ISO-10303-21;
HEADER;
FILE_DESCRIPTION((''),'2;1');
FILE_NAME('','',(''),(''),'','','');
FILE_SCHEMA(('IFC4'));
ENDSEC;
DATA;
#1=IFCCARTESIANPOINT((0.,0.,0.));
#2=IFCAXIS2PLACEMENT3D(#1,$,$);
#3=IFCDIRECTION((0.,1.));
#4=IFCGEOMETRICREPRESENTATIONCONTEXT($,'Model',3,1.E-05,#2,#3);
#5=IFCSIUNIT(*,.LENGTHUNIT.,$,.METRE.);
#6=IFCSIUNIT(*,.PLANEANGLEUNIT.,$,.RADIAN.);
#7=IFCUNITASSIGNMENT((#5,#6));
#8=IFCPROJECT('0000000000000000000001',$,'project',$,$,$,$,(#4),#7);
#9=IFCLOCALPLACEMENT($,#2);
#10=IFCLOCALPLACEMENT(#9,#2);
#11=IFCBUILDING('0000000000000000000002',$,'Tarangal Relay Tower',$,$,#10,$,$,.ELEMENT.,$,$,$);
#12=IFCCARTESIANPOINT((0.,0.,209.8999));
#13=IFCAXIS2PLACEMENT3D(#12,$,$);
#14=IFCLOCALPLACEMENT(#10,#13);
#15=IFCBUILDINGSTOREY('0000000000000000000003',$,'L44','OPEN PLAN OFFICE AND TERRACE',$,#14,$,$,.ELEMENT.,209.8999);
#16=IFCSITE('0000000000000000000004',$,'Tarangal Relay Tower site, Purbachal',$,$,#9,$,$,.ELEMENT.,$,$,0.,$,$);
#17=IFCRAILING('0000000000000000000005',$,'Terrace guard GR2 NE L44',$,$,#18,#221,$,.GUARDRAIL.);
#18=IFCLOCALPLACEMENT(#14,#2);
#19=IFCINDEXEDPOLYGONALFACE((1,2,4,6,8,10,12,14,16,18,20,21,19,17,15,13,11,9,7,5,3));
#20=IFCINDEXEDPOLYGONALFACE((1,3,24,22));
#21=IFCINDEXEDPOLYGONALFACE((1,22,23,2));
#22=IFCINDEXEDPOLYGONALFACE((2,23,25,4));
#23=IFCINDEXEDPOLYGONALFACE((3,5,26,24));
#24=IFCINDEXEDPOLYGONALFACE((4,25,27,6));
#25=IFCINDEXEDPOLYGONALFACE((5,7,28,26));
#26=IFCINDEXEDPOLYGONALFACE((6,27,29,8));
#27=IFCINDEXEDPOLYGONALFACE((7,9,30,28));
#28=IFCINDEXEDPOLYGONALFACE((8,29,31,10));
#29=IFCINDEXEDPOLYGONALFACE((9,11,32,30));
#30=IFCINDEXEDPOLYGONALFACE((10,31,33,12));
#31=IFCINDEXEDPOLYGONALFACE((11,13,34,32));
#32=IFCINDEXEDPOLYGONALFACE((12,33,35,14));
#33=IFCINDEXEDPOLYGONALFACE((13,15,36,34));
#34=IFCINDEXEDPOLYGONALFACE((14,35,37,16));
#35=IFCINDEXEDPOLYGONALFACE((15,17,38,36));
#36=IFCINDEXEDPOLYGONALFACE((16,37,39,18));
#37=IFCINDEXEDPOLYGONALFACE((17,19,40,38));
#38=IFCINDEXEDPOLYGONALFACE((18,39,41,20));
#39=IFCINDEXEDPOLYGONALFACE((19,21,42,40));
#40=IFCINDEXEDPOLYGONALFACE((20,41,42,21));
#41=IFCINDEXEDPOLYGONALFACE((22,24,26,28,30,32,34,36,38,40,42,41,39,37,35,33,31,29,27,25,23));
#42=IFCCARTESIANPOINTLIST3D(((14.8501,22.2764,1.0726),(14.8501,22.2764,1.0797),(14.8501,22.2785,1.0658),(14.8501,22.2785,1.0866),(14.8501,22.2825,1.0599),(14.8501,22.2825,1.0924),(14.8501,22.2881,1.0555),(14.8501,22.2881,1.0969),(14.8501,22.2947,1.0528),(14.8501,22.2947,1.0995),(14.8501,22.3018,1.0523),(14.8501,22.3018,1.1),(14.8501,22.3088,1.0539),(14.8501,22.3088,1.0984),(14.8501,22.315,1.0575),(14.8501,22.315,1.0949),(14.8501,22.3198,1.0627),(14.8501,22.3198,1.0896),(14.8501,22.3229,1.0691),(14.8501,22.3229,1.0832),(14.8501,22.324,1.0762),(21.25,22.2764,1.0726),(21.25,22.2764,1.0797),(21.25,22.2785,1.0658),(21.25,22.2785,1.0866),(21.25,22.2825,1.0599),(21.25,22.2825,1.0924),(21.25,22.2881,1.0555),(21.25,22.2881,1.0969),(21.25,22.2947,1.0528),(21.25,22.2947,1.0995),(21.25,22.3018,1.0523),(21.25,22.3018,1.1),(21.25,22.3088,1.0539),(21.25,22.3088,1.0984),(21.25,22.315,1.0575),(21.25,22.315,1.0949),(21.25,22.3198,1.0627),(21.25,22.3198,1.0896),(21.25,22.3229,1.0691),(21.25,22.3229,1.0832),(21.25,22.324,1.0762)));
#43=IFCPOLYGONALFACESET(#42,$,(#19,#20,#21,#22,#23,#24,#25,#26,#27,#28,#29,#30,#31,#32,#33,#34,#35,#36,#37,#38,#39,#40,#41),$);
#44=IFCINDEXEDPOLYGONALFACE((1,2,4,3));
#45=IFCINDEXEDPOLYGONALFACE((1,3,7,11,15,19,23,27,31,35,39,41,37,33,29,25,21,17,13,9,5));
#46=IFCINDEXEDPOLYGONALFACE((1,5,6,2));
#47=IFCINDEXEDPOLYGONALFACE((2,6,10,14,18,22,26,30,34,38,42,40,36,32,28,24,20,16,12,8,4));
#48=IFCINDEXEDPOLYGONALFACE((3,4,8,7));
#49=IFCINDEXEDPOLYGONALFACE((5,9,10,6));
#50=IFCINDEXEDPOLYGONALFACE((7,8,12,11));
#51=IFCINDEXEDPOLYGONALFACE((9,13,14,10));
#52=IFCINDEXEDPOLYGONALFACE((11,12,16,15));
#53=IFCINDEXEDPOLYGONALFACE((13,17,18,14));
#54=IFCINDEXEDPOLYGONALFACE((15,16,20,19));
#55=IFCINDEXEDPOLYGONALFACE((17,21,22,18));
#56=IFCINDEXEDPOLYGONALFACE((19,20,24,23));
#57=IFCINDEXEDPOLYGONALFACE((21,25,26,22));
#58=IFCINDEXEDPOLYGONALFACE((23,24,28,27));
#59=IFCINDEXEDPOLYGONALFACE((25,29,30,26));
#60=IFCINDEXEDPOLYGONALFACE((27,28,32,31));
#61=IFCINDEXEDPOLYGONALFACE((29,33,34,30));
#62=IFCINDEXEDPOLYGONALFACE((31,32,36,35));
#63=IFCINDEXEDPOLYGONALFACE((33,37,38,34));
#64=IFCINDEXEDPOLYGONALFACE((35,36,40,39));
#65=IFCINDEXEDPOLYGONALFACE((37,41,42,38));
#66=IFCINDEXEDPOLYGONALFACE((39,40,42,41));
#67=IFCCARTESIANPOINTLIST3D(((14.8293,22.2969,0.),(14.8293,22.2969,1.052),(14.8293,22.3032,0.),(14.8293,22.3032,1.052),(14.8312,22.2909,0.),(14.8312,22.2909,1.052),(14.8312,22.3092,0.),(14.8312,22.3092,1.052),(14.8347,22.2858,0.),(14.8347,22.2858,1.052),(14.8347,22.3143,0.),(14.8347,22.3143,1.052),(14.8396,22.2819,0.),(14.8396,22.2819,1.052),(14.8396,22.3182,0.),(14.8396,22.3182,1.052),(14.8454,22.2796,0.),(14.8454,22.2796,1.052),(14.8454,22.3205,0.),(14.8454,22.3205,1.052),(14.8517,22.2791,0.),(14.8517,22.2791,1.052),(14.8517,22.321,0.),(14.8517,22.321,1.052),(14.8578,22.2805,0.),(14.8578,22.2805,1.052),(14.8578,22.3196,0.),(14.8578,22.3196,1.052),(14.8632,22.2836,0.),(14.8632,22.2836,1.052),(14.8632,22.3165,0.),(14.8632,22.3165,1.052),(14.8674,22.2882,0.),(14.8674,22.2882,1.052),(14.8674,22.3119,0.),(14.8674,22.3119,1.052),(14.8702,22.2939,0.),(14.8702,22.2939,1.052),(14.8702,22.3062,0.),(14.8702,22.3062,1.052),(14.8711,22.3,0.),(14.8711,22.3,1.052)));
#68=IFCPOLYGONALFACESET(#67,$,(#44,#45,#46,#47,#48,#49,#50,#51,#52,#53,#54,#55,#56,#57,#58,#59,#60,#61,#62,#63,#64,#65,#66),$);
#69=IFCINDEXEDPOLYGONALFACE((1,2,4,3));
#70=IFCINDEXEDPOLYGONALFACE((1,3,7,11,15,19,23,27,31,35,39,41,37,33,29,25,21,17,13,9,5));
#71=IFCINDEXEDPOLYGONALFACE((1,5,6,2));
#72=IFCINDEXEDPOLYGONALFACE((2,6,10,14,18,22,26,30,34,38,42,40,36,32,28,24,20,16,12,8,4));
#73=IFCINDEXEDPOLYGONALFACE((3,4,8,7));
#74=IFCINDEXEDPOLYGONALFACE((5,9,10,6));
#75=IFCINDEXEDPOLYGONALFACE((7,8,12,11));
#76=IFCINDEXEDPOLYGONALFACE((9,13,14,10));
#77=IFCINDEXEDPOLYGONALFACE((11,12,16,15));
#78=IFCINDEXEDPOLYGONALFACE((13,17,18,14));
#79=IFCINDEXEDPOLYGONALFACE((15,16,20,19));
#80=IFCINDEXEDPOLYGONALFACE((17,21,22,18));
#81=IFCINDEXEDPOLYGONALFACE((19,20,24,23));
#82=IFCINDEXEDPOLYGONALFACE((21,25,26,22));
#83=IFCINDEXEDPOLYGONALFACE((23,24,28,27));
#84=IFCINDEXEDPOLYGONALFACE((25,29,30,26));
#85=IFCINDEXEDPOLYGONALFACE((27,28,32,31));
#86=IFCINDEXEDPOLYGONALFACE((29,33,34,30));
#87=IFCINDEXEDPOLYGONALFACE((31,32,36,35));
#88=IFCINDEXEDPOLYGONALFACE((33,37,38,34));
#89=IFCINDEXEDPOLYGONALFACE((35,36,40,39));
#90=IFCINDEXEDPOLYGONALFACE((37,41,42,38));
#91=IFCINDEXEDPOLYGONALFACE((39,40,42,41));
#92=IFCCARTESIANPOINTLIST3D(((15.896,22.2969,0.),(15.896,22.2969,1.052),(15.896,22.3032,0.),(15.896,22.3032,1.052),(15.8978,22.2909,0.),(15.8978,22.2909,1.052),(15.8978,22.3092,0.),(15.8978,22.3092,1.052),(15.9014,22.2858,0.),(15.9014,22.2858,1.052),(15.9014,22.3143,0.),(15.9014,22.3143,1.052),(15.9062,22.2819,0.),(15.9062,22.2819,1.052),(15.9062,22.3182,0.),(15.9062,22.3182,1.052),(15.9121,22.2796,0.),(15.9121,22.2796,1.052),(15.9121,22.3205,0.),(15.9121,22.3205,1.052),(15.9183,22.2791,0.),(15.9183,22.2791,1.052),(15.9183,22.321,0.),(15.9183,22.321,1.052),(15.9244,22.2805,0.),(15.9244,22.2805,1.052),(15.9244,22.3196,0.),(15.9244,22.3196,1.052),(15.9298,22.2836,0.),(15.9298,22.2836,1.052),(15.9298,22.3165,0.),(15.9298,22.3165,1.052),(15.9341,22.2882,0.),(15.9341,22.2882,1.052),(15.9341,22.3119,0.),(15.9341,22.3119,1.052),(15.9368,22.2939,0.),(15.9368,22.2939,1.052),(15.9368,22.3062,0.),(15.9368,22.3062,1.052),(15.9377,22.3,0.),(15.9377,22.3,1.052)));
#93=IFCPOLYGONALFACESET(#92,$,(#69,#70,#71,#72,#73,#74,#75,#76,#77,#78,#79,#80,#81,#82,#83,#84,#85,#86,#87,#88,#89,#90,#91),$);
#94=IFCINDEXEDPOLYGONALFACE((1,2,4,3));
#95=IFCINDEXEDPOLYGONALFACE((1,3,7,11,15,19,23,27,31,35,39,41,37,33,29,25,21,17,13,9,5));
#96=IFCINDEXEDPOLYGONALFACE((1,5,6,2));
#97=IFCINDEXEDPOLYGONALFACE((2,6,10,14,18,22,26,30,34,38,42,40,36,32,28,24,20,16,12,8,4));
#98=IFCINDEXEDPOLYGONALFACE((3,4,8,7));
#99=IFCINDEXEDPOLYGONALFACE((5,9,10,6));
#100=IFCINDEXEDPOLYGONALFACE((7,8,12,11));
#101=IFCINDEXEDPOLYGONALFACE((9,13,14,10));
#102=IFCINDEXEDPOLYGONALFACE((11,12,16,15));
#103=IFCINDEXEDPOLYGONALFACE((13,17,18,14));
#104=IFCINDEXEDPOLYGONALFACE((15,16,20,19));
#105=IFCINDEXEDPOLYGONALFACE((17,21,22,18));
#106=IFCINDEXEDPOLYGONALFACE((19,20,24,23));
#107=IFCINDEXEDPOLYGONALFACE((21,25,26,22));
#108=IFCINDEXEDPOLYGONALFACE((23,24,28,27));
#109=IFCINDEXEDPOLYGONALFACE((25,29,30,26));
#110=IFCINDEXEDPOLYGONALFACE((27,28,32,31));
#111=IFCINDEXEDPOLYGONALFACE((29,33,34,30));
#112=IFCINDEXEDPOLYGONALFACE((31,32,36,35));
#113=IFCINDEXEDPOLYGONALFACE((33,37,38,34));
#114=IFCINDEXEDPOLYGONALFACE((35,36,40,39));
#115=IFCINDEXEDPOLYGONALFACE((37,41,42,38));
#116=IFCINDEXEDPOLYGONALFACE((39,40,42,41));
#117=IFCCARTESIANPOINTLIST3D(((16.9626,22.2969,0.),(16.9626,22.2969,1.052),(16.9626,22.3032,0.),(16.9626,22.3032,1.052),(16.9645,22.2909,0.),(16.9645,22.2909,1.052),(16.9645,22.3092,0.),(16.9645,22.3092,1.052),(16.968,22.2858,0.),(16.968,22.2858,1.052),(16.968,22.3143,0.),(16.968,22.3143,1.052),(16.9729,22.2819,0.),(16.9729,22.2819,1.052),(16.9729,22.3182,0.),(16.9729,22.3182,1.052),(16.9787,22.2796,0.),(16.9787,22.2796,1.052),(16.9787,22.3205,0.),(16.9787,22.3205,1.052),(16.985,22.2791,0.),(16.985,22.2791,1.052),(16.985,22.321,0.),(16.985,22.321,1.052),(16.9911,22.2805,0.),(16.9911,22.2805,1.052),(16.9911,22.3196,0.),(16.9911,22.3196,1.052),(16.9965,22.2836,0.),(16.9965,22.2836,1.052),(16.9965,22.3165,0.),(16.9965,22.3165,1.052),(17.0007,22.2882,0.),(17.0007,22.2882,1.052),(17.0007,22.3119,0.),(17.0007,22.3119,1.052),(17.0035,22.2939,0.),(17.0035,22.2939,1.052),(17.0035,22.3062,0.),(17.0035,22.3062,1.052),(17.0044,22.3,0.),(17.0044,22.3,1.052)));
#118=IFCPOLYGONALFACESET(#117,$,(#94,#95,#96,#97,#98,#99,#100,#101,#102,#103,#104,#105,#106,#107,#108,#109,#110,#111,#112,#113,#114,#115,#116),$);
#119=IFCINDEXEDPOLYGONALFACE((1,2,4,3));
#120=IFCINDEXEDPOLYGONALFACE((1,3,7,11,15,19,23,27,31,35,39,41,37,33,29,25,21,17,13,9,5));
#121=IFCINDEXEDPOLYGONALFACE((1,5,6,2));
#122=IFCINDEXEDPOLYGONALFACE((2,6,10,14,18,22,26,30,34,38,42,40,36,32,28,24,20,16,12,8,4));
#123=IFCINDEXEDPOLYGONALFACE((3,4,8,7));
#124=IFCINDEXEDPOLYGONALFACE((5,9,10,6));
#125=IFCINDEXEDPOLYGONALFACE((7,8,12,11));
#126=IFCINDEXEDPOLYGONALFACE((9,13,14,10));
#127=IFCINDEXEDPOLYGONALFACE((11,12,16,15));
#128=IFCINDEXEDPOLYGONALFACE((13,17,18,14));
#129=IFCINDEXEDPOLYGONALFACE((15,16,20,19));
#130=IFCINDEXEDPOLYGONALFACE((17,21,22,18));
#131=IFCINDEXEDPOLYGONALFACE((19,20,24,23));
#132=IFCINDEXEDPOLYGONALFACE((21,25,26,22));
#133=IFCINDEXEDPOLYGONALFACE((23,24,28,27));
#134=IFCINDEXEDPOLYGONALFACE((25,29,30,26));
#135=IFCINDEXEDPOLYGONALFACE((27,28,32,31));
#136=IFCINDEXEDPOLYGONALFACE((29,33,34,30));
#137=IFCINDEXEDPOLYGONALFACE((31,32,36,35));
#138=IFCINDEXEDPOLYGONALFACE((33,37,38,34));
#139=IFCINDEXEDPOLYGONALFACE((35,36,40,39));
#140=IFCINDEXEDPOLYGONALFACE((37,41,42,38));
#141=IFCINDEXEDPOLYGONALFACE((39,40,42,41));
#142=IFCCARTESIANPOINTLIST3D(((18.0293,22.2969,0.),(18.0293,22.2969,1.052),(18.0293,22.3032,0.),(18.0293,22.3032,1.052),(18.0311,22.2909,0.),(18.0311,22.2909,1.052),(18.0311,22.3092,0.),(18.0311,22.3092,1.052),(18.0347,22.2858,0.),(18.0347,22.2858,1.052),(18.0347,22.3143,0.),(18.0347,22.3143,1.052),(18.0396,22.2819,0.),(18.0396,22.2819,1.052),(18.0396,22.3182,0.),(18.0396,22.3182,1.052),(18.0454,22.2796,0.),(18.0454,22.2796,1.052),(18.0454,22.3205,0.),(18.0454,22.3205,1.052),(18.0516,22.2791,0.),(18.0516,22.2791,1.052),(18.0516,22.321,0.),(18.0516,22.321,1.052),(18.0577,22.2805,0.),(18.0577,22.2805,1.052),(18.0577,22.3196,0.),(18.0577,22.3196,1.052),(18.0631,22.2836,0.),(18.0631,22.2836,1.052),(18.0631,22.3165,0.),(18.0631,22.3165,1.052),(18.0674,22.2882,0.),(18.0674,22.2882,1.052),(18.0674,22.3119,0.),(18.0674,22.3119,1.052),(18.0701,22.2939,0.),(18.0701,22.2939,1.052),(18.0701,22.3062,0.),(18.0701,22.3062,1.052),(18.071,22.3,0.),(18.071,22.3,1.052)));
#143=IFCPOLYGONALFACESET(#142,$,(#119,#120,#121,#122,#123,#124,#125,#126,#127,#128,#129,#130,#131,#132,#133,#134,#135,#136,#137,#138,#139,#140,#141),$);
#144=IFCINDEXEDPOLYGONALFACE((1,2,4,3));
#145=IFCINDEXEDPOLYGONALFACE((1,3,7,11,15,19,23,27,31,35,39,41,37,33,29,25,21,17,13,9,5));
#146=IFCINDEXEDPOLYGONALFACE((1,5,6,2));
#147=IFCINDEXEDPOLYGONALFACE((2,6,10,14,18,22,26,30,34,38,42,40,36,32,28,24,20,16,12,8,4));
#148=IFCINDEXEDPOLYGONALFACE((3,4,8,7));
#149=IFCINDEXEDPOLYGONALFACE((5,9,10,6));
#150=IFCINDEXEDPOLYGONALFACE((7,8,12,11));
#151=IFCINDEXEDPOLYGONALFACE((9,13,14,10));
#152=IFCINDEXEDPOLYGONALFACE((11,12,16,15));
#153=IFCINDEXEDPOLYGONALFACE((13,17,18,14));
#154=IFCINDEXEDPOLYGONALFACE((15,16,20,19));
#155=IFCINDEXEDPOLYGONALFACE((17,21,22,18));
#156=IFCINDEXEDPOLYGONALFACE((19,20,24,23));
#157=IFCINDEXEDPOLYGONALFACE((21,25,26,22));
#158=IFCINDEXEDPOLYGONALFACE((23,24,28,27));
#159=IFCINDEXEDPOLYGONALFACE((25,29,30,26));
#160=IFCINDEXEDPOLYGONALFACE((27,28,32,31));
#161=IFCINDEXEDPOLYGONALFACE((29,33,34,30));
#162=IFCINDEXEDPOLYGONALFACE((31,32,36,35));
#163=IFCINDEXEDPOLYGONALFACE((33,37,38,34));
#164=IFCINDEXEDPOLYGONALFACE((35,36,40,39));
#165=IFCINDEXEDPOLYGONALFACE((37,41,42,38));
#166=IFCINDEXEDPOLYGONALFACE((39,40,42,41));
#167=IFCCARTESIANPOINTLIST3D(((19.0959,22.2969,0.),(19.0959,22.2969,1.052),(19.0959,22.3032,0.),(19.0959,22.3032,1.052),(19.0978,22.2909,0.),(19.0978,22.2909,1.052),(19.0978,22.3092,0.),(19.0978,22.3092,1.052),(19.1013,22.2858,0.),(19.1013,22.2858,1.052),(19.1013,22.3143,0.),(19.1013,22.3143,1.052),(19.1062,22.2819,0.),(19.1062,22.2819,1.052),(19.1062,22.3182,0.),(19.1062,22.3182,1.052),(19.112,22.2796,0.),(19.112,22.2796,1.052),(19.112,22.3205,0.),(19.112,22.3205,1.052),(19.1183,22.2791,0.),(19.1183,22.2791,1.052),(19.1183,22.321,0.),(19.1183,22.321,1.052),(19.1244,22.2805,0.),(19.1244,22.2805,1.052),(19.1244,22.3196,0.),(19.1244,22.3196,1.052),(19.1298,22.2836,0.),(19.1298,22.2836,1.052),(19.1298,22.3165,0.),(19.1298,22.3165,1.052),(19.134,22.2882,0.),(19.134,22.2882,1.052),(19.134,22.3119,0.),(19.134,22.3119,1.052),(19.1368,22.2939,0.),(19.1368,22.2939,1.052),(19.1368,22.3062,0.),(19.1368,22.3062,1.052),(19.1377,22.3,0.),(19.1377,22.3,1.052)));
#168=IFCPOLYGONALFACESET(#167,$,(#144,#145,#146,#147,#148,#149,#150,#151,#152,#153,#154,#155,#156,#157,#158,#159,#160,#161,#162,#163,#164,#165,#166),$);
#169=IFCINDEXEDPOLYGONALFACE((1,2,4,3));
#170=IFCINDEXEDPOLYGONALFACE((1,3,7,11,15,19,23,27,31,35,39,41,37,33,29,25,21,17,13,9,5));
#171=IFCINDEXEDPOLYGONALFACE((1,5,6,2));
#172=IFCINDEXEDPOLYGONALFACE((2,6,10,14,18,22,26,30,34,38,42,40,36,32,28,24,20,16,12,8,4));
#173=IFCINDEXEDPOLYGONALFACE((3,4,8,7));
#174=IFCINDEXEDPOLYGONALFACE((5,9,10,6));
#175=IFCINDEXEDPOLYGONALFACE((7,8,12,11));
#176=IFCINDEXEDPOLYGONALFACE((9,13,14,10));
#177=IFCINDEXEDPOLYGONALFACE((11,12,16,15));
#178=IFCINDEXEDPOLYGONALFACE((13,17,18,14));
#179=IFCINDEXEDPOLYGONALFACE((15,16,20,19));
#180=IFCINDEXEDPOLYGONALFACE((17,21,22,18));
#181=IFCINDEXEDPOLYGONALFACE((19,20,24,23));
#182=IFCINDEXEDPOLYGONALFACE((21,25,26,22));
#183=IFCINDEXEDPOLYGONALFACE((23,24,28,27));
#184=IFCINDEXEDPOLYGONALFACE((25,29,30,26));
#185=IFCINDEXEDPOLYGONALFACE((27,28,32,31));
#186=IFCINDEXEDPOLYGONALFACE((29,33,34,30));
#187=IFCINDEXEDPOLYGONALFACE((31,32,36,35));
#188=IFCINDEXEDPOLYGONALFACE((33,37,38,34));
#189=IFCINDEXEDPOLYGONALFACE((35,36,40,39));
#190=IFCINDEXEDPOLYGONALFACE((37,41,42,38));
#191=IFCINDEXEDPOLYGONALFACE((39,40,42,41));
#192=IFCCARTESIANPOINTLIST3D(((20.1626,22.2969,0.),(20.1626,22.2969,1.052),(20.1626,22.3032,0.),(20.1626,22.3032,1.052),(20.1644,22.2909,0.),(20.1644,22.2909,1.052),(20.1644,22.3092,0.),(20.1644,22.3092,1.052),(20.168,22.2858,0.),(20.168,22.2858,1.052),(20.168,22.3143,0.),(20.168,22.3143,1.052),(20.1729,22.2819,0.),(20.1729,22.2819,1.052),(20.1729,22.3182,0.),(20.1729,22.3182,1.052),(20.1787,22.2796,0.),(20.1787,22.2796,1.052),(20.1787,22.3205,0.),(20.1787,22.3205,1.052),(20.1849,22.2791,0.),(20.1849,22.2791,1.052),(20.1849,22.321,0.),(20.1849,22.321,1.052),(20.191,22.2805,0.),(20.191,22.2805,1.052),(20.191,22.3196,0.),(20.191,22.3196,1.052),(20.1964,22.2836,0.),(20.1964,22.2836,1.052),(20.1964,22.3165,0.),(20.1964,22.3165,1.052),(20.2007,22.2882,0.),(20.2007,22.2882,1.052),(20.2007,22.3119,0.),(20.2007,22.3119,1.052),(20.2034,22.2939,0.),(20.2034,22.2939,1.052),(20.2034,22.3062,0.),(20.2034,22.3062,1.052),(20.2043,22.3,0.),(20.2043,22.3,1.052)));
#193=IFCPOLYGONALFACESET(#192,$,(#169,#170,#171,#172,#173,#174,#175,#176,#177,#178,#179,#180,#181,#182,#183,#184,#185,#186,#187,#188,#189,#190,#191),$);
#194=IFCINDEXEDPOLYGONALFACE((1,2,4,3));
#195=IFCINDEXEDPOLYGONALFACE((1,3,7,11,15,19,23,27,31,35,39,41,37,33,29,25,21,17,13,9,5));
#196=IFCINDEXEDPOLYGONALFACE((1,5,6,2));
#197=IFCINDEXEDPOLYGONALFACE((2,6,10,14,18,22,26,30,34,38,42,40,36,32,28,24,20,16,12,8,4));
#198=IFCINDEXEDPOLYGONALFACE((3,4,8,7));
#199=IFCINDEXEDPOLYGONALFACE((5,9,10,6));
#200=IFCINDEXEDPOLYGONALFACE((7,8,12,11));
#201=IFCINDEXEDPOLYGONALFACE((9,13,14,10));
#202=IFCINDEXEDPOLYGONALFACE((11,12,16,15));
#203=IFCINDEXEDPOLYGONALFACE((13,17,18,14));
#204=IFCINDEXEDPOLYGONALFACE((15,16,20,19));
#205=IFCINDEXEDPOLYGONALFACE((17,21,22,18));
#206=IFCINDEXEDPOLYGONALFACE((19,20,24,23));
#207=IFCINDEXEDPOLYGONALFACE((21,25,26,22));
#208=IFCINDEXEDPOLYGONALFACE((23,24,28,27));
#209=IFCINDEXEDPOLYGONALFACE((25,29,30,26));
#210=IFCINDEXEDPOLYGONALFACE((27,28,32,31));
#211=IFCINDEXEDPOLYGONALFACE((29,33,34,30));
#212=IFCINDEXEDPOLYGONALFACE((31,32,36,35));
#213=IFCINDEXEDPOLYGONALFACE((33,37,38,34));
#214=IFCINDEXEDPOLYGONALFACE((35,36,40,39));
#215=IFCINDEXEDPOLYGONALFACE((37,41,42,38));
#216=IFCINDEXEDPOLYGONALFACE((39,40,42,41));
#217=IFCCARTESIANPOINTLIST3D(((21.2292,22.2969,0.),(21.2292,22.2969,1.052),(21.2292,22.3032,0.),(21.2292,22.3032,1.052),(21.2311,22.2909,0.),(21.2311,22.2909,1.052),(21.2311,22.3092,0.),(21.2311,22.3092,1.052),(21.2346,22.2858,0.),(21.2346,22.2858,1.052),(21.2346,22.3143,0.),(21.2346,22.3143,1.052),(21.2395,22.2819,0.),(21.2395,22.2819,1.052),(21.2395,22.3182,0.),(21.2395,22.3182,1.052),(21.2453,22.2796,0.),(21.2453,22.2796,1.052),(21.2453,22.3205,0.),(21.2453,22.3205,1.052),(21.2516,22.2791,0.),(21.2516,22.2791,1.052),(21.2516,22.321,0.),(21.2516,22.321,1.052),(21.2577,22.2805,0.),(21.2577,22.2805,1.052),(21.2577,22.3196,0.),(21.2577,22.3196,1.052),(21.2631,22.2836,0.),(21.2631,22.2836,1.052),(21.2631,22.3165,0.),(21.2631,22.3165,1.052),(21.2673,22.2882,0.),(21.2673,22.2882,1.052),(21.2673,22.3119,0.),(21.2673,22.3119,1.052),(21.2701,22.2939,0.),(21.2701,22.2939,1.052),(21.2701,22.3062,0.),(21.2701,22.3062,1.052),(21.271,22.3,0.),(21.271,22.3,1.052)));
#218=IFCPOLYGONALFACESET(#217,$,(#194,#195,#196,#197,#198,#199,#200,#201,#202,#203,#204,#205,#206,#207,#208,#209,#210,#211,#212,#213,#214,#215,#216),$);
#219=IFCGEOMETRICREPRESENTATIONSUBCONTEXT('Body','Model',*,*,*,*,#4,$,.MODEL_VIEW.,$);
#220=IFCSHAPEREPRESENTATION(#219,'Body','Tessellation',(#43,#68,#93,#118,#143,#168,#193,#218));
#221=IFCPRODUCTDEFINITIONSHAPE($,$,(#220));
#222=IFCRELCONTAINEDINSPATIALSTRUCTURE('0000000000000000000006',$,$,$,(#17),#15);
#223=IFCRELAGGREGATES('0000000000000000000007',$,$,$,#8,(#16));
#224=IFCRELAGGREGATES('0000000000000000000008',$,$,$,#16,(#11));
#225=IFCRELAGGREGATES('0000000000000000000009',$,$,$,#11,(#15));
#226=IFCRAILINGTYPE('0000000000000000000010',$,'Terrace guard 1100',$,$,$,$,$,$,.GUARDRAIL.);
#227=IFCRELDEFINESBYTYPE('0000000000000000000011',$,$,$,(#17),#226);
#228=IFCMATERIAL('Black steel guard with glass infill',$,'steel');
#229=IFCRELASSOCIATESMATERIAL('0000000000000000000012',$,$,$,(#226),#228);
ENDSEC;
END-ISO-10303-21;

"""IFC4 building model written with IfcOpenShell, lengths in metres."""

from ifc_helpers import new_model, si_unit, direction, frame, origin, origin_2d, place, context, subcontext, project, spatial, circle, extrude, material, type_object, element, save


model = new_model("IFC4")

# Units and contexts
model_context = context("Model", 3, precision=1e-05, world=origin(), true_north=direction((0.0, 1.0)))
body_context = subcontext(model_context, "Body", "Model", "MODEL_VIEW")
ifc_project = project(units=[si_unit("LENGTHUNIT", "METRE"), si_unit("PLANEANGLEUNIT", "RADIAN")], contexts=[model_context])

# Site, building, storey
site_placement = place(None, origin())
site = spatial("IfcSite", under=ifc_project, at=site_placement, Name="Tarangal Relay Tower site, Purbachal", CompositionType="ELEMENT", RefElevation=0.0)
building_placement = place(site_placement, origin())
building = spatial("IfcBuilding", under=site, at=building_placement, Name="Tarangal Relay Tower", CompositionType="ELEMENT")
storey_placement = place(building_placement, frame((0.0, 0.0, 209.8999)))
storey = spatial("IfcBuildingStorey", under=building, at=storey_placement, Name="L44", Description="OPEN PLAN OFFICE AND TERRACE", CompositionType="ELEMENT", Elevation=209.8999)

# Railing
ifc_material_1 = material(Name="Black steel guard with glass infill", Category="steel")
railing_type = type_object("IfcRailingType", Name="Terrace guard 1100", PredefinedType="GUARDRAIL", material=ifc_material_1)
railing_1_placement = place(storey_placement, frame((14.8501, 22.3, 0.0)))
element("IfcRailing", 1, at=railing_1_placement, inside=storey, type_object=railing_type, Name="Terrace guard GR2 NE L44", PredefinedType="GUARDRAIL", context=body_context, shape_type="SweptSolid", body=[
    extrude(circle(Radius=0.0239, at=origin_2d()), frame((0.0, 0.0, 1.0762), z_axis=(1.0, 0.0, 0.0), x_axis=(0.0, 1.0, 0.0)), (0.0, 0.0, 1.0), 6.3999),
    extrude(circle(Radius=0.021, at=origin_2d()), origin(), (0.0, 0.0, 1.0), 1.052),
    extrude(circle(Radius=0.021, at=origin_2d()), frame((1.0667, 0.0, 0.0)), (0.0, 0.0, 1.0), 1.052),
    extrude(circle(Radius=0.021, at=origin_2d()), frame((2.1333, 0.0, 0.0)), (0.0, 0.0, 1.0), 1.052),
    extrude(circle(Radius=0.021, at=origin_2d()), frame((3.2, 0.0, 0.0)), (0.0, 0.0, 1.0), 1.052),
    extrude(circle(Radius=0.021, at=origin_2d()), frame((4.2666, 0.0, 0.0)), (0.0, 0.0, 1.0), 1.052),
    extrude(circle(Radius=0.021, at=origin_2d()), frame((5.3333, 0.0, 0.0)), (0.0, 0.0, 1.0), 1.052),
    extrude(circle(Radius=0.021, at=origin_2d()), frame((6.3999, 0.0, 0.0)), (0.0, 0.0, 1.0), 1.052),
])

save(model, "model.ifc")
